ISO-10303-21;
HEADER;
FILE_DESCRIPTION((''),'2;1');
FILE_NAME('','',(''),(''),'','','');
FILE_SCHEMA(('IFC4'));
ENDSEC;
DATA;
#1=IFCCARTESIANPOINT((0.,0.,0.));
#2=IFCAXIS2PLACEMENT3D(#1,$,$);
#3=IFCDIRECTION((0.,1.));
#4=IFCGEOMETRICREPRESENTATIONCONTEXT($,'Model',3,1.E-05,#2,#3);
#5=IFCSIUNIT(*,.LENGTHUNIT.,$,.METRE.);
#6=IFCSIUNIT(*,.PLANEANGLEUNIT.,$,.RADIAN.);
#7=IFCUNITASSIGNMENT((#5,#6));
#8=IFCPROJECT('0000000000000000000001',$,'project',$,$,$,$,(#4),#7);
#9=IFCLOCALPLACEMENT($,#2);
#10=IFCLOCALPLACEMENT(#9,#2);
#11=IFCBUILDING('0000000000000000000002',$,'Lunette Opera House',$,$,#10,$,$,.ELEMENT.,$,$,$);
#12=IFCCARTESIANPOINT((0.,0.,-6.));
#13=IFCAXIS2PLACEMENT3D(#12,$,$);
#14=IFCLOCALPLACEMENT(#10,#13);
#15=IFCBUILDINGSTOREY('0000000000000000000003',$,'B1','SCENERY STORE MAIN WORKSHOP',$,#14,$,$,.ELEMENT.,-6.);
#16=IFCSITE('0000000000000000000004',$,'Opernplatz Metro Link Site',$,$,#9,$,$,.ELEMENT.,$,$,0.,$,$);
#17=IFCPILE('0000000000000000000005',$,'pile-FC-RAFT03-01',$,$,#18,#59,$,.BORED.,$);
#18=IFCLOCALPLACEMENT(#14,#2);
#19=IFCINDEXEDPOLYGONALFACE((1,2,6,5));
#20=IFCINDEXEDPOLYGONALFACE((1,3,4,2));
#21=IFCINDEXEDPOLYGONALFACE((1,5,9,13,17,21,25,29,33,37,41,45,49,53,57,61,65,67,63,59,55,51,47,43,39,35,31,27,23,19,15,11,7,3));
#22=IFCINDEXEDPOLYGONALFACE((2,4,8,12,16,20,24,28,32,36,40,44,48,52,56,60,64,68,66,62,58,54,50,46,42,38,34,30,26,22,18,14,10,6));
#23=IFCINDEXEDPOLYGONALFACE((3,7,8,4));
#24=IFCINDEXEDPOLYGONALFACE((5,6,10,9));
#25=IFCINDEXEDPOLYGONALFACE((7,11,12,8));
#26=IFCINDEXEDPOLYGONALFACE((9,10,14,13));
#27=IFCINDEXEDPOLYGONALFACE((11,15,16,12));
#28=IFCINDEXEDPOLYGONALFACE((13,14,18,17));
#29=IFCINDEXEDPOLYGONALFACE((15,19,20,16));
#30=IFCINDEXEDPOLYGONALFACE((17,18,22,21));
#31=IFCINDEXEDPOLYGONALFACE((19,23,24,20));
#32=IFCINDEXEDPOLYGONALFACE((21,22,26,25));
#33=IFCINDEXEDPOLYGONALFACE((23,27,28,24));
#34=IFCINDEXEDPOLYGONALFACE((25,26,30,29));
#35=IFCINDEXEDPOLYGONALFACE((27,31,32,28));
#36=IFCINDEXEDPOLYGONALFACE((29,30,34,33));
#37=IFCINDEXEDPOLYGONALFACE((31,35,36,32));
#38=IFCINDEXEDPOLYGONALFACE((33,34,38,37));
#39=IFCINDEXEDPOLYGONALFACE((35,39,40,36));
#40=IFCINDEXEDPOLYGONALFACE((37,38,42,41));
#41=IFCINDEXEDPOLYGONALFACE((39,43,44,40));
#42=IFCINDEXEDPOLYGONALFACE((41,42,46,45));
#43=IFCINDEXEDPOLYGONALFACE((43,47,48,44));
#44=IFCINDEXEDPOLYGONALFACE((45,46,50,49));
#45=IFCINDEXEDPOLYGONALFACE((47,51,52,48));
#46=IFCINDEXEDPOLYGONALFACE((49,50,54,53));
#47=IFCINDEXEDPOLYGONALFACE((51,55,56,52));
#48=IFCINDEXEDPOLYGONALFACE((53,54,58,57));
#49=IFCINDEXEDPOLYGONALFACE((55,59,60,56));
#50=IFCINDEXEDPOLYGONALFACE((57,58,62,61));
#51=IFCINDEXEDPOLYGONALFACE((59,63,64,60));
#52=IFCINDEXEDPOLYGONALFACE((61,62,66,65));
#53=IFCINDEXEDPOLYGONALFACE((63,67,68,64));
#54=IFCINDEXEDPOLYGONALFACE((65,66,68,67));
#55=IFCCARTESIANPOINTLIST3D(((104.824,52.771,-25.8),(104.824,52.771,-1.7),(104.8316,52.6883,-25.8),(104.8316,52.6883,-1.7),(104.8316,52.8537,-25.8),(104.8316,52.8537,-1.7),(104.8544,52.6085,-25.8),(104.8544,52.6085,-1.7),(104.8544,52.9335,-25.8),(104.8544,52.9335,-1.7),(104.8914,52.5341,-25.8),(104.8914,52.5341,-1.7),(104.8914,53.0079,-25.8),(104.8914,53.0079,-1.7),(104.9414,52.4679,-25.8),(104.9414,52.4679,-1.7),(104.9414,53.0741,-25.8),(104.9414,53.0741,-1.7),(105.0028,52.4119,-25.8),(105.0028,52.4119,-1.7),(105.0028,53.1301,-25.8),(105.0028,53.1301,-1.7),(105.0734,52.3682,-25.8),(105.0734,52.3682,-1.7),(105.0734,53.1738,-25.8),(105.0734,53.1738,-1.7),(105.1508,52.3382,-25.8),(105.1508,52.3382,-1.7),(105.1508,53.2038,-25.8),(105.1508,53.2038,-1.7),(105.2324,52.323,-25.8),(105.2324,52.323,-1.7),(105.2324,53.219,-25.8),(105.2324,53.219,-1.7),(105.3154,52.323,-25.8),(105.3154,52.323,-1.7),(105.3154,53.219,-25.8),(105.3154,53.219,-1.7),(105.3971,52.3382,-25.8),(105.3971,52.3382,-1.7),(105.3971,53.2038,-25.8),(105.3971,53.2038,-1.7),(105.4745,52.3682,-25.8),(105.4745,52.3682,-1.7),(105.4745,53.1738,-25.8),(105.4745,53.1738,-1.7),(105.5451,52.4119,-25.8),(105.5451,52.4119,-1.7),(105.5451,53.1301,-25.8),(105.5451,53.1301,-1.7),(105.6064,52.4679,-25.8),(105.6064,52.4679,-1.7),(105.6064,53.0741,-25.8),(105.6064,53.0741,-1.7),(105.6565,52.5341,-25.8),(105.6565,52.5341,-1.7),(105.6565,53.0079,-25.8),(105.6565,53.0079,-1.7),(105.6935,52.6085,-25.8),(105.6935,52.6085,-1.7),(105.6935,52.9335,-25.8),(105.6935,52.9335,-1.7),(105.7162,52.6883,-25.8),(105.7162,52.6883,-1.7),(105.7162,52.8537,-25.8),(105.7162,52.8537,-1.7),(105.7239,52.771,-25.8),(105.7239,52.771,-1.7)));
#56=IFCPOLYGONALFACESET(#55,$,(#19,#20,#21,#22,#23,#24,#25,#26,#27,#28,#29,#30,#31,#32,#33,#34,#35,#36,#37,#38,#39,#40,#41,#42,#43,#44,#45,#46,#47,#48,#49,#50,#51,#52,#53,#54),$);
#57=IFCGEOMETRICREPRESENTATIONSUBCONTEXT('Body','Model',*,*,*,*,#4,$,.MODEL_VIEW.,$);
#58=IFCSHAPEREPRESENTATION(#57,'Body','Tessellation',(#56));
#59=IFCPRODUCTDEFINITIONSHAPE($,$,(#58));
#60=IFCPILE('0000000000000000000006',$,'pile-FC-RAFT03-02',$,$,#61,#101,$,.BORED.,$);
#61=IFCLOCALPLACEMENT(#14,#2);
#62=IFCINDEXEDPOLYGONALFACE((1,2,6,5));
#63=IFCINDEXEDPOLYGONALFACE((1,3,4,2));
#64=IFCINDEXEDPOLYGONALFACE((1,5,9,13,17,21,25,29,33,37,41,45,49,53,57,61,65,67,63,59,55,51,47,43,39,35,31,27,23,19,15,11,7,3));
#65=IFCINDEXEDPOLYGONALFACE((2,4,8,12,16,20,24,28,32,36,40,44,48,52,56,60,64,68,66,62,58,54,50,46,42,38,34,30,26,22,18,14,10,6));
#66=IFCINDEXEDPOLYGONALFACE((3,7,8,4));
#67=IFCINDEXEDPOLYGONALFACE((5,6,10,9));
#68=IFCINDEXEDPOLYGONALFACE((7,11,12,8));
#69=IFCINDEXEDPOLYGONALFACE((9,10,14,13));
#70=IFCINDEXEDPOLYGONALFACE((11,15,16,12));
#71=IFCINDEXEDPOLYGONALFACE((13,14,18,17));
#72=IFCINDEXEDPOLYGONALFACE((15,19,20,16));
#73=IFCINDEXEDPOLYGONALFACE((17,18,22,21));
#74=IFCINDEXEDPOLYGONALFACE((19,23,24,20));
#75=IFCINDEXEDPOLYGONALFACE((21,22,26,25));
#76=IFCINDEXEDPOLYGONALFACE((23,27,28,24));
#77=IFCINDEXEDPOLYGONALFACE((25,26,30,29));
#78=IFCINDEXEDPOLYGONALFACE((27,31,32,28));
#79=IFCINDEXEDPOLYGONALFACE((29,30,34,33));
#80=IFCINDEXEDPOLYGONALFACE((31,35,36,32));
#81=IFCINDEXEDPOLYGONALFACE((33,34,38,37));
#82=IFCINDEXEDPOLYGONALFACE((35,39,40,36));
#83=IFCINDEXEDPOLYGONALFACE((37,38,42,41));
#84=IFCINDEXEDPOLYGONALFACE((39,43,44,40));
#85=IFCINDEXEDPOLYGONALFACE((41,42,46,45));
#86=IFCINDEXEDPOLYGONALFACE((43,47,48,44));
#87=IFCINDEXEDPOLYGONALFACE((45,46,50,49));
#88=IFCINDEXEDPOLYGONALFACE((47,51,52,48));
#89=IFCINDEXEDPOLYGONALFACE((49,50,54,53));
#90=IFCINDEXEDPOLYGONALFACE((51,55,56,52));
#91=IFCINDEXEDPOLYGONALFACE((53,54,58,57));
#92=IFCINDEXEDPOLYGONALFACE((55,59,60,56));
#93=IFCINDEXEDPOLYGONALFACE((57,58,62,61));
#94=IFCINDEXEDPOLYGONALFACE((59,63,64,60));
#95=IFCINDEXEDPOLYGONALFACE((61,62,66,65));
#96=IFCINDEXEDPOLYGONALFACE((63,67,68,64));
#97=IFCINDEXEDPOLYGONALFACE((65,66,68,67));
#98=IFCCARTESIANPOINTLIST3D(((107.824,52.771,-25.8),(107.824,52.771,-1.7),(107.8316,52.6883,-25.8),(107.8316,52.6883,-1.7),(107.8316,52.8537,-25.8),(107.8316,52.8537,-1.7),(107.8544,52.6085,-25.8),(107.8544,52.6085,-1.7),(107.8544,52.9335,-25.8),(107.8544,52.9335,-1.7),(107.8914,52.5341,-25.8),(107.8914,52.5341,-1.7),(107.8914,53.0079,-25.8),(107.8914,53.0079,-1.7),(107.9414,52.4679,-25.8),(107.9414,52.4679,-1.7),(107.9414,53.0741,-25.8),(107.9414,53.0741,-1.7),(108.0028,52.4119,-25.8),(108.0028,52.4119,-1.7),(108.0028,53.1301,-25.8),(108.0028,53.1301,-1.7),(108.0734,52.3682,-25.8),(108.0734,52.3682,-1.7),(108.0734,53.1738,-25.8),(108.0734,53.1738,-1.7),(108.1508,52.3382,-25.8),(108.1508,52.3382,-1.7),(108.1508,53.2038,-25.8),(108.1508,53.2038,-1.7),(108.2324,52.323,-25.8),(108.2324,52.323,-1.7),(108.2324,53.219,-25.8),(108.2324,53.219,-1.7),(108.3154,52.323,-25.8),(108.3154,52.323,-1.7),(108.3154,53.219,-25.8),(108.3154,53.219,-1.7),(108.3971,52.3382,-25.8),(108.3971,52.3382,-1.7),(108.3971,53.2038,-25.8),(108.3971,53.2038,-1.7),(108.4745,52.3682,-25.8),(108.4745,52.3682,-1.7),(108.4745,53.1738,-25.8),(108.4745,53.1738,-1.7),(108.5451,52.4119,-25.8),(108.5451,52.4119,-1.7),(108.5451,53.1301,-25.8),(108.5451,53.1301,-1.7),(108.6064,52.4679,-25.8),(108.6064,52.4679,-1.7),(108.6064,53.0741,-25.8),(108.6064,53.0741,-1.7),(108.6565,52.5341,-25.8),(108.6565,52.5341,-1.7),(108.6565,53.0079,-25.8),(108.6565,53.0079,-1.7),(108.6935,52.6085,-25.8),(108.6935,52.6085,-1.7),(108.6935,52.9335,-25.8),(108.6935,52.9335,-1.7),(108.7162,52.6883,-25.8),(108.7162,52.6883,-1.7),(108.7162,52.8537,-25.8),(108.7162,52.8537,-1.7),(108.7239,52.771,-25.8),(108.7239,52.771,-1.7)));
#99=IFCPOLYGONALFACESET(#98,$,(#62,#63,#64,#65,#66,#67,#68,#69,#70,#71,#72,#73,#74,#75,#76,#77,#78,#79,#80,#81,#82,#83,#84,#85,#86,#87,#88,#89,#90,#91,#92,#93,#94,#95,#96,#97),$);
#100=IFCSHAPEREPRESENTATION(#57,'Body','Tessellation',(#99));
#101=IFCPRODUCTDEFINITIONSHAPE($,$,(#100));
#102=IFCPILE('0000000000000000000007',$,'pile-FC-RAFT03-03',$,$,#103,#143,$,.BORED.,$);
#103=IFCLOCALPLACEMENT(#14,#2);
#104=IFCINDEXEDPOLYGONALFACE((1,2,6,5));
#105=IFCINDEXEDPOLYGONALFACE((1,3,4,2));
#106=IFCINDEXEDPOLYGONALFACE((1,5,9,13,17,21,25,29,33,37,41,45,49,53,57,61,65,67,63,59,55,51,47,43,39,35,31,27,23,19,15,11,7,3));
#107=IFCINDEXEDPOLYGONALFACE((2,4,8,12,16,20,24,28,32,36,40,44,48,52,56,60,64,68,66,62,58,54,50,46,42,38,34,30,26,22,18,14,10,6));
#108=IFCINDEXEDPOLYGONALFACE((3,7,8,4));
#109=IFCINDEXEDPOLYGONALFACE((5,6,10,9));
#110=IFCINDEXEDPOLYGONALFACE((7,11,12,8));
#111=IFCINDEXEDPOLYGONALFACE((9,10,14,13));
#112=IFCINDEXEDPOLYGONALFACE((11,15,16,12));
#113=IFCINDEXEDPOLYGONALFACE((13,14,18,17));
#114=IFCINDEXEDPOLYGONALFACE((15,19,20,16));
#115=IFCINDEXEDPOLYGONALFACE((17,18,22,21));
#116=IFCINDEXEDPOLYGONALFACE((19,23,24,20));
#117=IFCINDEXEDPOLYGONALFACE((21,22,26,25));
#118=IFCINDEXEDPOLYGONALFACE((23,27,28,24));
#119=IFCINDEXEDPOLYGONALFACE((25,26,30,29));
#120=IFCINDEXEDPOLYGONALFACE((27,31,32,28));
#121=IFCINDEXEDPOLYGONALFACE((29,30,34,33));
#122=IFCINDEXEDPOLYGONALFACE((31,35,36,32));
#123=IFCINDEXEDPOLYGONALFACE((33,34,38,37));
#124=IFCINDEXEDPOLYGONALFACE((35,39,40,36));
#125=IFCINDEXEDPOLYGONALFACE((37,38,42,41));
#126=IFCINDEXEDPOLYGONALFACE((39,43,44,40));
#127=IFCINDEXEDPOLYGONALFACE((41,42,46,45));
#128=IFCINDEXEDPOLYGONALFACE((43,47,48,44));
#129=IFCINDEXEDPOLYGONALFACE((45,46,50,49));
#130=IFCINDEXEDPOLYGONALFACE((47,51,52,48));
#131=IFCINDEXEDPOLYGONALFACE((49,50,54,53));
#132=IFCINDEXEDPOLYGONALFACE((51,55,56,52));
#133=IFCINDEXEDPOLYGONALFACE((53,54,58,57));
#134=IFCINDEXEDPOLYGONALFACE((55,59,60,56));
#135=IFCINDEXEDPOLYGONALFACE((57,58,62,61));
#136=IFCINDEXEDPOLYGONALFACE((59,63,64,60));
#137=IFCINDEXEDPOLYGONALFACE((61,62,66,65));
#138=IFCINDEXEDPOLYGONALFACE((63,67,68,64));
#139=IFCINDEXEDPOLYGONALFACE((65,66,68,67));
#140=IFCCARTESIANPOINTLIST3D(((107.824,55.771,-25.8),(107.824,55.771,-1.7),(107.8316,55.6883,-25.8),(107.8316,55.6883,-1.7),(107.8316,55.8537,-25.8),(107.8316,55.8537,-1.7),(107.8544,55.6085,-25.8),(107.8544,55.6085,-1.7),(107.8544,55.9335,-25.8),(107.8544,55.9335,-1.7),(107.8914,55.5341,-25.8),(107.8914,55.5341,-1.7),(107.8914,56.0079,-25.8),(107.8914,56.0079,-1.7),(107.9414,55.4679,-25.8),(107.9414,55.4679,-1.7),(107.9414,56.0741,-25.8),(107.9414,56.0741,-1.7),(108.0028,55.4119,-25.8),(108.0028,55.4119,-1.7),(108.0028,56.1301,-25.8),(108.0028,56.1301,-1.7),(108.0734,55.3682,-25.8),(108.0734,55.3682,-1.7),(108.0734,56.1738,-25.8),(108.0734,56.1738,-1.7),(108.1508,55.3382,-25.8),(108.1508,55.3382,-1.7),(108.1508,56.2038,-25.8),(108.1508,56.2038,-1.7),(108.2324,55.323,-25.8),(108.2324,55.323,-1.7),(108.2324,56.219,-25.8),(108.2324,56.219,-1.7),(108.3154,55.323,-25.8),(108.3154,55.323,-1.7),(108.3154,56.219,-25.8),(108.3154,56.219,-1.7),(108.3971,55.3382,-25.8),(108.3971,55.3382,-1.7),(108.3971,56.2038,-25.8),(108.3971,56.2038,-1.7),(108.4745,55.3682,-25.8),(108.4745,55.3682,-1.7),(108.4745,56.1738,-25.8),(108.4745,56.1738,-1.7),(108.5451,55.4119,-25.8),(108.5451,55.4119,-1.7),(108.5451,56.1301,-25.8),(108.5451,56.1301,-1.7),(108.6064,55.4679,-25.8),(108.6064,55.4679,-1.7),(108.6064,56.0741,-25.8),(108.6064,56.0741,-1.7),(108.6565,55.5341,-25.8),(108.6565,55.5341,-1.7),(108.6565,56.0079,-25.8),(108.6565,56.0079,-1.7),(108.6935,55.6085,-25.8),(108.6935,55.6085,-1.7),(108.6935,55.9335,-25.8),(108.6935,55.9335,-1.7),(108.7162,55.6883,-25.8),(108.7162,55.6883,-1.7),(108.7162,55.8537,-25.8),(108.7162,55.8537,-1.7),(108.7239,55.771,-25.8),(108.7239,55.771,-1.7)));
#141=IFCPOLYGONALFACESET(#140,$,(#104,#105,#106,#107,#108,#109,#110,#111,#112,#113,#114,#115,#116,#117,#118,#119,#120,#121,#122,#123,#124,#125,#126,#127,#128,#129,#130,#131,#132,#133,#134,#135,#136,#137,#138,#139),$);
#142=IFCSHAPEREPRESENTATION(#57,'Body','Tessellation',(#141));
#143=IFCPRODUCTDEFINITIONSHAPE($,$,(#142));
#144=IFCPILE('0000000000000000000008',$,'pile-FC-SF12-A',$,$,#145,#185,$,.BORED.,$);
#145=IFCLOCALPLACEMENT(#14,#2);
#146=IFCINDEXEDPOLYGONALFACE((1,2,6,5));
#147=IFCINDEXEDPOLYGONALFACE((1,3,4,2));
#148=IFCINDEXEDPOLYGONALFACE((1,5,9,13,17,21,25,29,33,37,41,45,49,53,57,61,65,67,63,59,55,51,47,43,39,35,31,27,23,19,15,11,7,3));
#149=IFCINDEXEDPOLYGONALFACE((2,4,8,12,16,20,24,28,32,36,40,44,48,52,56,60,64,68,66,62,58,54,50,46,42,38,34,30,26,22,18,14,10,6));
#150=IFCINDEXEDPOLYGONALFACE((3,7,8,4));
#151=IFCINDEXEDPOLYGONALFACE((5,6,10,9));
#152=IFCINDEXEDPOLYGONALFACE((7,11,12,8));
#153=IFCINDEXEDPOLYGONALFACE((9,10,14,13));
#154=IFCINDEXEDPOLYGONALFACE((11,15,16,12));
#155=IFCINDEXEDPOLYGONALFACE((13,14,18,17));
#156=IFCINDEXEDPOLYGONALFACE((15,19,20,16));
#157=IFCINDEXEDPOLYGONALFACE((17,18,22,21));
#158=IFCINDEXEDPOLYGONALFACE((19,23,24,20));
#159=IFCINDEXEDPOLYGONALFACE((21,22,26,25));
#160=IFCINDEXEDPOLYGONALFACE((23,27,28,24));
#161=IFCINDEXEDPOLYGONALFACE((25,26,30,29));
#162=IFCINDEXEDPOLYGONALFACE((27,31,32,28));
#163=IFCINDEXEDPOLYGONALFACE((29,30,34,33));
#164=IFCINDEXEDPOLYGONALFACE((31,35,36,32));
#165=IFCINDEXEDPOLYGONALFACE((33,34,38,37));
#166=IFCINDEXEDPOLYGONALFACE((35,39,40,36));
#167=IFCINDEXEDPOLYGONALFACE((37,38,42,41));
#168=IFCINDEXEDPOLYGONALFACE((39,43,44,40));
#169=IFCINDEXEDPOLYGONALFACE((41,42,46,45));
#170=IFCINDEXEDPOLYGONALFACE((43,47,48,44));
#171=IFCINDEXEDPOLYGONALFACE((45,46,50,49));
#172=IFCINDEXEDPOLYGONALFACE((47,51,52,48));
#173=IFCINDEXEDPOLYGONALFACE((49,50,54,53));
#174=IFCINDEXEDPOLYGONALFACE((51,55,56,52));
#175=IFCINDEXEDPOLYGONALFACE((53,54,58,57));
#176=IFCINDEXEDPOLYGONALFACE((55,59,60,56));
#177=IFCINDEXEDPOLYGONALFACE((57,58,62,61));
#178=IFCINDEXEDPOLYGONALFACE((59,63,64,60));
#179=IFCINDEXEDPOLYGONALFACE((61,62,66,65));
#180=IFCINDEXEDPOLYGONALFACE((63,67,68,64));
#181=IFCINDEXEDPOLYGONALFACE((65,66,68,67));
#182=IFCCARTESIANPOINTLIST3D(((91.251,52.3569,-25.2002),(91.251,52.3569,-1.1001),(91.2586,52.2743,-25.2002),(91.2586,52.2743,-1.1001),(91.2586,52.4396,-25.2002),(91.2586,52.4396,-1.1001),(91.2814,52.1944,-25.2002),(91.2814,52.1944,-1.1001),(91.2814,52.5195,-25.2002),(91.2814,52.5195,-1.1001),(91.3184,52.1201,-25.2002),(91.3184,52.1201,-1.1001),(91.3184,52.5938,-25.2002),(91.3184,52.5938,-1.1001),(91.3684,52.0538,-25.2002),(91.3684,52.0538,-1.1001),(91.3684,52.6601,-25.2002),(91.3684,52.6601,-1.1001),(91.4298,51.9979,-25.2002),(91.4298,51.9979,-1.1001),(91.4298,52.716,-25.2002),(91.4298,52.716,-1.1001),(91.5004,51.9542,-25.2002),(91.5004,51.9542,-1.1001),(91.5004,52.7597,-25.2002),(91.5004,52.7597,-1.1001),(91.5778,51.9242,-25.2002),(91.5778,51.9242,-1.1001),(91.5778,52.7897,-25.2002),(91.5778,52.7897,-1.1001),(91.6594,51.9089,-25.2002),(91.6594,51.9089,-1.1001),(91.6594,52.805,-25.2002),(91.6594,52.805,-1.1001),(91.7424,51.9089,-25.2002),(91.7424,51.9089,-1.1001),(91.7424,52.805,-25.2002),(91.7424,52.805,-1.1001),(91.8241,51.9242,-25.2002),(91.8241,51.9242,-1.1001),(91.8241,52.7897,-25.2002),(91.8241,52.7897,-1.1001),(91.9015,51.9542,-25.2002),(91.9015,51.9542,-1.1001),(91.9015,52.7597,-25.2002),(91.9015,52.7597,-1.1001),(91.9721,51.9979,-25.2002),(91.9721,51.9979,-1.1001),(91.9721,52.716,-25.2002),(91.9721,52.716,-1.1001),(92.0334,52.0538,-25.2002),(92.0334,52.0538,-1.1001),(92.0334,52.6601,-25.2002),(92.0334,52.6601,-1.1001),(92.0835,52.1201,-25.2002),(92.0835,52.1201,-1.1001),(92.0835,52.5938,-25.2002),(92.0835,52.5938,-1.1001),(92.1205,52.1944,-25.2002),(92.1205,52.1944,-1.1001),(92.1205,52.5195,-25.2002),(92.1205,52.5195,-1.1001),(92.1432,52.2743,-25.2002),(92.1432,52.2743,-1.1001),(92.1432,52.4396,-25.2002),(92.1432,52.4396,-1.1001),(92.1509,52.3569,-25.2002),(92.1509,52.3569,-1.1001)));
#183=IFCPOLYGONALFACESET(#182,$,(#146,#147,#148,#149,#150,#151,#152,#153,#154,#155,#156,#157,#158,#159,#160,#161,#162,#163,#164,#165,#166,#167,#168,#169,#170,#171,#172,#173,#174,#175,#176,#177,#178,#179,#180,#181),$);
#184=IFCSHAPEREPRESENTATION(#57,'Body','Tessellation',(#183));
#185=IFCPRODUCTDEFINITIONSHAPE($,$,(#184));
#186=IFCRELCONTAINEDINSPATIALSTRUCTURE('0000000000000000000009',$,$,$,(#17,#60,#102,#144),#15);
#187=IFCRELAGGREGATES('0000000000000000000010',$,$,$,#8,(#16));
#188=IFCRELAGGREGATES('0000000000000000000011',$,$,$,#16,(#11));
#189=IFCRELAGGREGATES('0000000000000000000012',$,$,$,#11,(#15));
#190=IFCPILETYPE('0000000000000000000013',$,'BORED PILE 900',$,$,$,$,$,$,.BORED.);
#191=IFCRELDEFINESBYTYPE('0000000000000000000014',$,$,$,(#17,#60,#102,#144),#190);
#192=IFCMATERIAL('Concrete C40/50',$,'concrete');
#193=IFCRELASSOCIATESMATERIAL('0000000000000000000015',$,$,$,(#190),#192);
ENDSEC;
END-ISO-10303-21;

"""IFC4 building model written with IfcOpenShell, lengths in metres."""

from ifc_helpers import new_model, si_unit, direction, frame, origin, origin_2d, place, context, subcontext, project, spatial, circle, extrude, material, material_profile, profile_set, type_object, element, save


model = new_model("IFC4")

# Units and contexts
model_context = context("Model", 3, precision=1e-05, world=origin(), true_north=direction((0.0, 1.0)))
body_context = subcontext(model_context, "Body", "Model", "MODEL_VIEW")
ifc_project = project(units=[si_unit("LENGTHUNIT", "METRE"), si_unit("PLANEANGLEUNIT", "RADIAN")], contexts=[model_context])

# Site, building, storey
site_placement = place(None, origin())
site = spatial("IfcSite", under=ifc_project, at=site_placement, Name="Opernplatz Metro Link Site", CompositionType="ELEMENT", RefElevation=0.0)
building_placement = place(site_placement, origin())
building = spatial("IfcBuilding", under=site, at=building_placement, Name="Lunette Opera House", CompositionType="ELEMENT")
storey_placement = place(building_placement, frame((0.0, 0.0, -6.0)))
storey = spatial("IfcBuildingStorey", under=building, at=storey_placement, Name="B1", Description="SCENERY STORE MAIN WORKSHOP", CompositionType="ELEMENT", Elevation=-6.0)

# Piles
ifc_material_1 = material(Name="Concrete C40/50", Category="concrete")
ifc_material_profile_1 = material_profile(ifc_material_1, circle(Radius=0.45, at=origin_2d()), Name="BORED PILE 900")
ifc_profile_set_1 = profile_set([ifc_material_profile_1], Name="Concrete C40/50")
pile_type = type_object("IfcPileType", Name="BORED PILE 900", PredefinedType="BORED", material=ifc_profile_set_1)
for number, where, z_axis, x_axis, name in (
    (1, (105.2739, 52.771, -1.7), (0.0, 0.0, -1.0), (1.0, 0.0, 0.0), "pile-FC-RAFT03-01"),
    (2, (108.2739, 52.771, -1.7), (0.0, 0.0, -1.0), (1.0, 0.0, 0.0), "pile-FC-RAFT03-02"),
    (3, (108.2739, 55.771, -1.7), (0.0, 0.0, -1.0), (1.0, 0.0, 0.0), "pile-FC-RAFT03-03"),
    (4, (91.7009, 52.3569, -1.1001), (0.0, 0.0, -1.0), (1.0, 0.0, 0.0), "pile-FC-SF12-A"),
):
    element("IfcPile", number, at=place(storey_placement, frame(where, z_axis=z_axis, x_axis=x_axis)), inside=storey, type_object=pile_type, Name=name, PredefinedType="BORED", context=body_context, shape_type="SweptSolid", body=[
        extrude(circle(Radius=0.45, at=origin_2d()), origin(), (0.0, 0.0, 1.0), 24.1001),
    ])

save(model, "model.ifc")
